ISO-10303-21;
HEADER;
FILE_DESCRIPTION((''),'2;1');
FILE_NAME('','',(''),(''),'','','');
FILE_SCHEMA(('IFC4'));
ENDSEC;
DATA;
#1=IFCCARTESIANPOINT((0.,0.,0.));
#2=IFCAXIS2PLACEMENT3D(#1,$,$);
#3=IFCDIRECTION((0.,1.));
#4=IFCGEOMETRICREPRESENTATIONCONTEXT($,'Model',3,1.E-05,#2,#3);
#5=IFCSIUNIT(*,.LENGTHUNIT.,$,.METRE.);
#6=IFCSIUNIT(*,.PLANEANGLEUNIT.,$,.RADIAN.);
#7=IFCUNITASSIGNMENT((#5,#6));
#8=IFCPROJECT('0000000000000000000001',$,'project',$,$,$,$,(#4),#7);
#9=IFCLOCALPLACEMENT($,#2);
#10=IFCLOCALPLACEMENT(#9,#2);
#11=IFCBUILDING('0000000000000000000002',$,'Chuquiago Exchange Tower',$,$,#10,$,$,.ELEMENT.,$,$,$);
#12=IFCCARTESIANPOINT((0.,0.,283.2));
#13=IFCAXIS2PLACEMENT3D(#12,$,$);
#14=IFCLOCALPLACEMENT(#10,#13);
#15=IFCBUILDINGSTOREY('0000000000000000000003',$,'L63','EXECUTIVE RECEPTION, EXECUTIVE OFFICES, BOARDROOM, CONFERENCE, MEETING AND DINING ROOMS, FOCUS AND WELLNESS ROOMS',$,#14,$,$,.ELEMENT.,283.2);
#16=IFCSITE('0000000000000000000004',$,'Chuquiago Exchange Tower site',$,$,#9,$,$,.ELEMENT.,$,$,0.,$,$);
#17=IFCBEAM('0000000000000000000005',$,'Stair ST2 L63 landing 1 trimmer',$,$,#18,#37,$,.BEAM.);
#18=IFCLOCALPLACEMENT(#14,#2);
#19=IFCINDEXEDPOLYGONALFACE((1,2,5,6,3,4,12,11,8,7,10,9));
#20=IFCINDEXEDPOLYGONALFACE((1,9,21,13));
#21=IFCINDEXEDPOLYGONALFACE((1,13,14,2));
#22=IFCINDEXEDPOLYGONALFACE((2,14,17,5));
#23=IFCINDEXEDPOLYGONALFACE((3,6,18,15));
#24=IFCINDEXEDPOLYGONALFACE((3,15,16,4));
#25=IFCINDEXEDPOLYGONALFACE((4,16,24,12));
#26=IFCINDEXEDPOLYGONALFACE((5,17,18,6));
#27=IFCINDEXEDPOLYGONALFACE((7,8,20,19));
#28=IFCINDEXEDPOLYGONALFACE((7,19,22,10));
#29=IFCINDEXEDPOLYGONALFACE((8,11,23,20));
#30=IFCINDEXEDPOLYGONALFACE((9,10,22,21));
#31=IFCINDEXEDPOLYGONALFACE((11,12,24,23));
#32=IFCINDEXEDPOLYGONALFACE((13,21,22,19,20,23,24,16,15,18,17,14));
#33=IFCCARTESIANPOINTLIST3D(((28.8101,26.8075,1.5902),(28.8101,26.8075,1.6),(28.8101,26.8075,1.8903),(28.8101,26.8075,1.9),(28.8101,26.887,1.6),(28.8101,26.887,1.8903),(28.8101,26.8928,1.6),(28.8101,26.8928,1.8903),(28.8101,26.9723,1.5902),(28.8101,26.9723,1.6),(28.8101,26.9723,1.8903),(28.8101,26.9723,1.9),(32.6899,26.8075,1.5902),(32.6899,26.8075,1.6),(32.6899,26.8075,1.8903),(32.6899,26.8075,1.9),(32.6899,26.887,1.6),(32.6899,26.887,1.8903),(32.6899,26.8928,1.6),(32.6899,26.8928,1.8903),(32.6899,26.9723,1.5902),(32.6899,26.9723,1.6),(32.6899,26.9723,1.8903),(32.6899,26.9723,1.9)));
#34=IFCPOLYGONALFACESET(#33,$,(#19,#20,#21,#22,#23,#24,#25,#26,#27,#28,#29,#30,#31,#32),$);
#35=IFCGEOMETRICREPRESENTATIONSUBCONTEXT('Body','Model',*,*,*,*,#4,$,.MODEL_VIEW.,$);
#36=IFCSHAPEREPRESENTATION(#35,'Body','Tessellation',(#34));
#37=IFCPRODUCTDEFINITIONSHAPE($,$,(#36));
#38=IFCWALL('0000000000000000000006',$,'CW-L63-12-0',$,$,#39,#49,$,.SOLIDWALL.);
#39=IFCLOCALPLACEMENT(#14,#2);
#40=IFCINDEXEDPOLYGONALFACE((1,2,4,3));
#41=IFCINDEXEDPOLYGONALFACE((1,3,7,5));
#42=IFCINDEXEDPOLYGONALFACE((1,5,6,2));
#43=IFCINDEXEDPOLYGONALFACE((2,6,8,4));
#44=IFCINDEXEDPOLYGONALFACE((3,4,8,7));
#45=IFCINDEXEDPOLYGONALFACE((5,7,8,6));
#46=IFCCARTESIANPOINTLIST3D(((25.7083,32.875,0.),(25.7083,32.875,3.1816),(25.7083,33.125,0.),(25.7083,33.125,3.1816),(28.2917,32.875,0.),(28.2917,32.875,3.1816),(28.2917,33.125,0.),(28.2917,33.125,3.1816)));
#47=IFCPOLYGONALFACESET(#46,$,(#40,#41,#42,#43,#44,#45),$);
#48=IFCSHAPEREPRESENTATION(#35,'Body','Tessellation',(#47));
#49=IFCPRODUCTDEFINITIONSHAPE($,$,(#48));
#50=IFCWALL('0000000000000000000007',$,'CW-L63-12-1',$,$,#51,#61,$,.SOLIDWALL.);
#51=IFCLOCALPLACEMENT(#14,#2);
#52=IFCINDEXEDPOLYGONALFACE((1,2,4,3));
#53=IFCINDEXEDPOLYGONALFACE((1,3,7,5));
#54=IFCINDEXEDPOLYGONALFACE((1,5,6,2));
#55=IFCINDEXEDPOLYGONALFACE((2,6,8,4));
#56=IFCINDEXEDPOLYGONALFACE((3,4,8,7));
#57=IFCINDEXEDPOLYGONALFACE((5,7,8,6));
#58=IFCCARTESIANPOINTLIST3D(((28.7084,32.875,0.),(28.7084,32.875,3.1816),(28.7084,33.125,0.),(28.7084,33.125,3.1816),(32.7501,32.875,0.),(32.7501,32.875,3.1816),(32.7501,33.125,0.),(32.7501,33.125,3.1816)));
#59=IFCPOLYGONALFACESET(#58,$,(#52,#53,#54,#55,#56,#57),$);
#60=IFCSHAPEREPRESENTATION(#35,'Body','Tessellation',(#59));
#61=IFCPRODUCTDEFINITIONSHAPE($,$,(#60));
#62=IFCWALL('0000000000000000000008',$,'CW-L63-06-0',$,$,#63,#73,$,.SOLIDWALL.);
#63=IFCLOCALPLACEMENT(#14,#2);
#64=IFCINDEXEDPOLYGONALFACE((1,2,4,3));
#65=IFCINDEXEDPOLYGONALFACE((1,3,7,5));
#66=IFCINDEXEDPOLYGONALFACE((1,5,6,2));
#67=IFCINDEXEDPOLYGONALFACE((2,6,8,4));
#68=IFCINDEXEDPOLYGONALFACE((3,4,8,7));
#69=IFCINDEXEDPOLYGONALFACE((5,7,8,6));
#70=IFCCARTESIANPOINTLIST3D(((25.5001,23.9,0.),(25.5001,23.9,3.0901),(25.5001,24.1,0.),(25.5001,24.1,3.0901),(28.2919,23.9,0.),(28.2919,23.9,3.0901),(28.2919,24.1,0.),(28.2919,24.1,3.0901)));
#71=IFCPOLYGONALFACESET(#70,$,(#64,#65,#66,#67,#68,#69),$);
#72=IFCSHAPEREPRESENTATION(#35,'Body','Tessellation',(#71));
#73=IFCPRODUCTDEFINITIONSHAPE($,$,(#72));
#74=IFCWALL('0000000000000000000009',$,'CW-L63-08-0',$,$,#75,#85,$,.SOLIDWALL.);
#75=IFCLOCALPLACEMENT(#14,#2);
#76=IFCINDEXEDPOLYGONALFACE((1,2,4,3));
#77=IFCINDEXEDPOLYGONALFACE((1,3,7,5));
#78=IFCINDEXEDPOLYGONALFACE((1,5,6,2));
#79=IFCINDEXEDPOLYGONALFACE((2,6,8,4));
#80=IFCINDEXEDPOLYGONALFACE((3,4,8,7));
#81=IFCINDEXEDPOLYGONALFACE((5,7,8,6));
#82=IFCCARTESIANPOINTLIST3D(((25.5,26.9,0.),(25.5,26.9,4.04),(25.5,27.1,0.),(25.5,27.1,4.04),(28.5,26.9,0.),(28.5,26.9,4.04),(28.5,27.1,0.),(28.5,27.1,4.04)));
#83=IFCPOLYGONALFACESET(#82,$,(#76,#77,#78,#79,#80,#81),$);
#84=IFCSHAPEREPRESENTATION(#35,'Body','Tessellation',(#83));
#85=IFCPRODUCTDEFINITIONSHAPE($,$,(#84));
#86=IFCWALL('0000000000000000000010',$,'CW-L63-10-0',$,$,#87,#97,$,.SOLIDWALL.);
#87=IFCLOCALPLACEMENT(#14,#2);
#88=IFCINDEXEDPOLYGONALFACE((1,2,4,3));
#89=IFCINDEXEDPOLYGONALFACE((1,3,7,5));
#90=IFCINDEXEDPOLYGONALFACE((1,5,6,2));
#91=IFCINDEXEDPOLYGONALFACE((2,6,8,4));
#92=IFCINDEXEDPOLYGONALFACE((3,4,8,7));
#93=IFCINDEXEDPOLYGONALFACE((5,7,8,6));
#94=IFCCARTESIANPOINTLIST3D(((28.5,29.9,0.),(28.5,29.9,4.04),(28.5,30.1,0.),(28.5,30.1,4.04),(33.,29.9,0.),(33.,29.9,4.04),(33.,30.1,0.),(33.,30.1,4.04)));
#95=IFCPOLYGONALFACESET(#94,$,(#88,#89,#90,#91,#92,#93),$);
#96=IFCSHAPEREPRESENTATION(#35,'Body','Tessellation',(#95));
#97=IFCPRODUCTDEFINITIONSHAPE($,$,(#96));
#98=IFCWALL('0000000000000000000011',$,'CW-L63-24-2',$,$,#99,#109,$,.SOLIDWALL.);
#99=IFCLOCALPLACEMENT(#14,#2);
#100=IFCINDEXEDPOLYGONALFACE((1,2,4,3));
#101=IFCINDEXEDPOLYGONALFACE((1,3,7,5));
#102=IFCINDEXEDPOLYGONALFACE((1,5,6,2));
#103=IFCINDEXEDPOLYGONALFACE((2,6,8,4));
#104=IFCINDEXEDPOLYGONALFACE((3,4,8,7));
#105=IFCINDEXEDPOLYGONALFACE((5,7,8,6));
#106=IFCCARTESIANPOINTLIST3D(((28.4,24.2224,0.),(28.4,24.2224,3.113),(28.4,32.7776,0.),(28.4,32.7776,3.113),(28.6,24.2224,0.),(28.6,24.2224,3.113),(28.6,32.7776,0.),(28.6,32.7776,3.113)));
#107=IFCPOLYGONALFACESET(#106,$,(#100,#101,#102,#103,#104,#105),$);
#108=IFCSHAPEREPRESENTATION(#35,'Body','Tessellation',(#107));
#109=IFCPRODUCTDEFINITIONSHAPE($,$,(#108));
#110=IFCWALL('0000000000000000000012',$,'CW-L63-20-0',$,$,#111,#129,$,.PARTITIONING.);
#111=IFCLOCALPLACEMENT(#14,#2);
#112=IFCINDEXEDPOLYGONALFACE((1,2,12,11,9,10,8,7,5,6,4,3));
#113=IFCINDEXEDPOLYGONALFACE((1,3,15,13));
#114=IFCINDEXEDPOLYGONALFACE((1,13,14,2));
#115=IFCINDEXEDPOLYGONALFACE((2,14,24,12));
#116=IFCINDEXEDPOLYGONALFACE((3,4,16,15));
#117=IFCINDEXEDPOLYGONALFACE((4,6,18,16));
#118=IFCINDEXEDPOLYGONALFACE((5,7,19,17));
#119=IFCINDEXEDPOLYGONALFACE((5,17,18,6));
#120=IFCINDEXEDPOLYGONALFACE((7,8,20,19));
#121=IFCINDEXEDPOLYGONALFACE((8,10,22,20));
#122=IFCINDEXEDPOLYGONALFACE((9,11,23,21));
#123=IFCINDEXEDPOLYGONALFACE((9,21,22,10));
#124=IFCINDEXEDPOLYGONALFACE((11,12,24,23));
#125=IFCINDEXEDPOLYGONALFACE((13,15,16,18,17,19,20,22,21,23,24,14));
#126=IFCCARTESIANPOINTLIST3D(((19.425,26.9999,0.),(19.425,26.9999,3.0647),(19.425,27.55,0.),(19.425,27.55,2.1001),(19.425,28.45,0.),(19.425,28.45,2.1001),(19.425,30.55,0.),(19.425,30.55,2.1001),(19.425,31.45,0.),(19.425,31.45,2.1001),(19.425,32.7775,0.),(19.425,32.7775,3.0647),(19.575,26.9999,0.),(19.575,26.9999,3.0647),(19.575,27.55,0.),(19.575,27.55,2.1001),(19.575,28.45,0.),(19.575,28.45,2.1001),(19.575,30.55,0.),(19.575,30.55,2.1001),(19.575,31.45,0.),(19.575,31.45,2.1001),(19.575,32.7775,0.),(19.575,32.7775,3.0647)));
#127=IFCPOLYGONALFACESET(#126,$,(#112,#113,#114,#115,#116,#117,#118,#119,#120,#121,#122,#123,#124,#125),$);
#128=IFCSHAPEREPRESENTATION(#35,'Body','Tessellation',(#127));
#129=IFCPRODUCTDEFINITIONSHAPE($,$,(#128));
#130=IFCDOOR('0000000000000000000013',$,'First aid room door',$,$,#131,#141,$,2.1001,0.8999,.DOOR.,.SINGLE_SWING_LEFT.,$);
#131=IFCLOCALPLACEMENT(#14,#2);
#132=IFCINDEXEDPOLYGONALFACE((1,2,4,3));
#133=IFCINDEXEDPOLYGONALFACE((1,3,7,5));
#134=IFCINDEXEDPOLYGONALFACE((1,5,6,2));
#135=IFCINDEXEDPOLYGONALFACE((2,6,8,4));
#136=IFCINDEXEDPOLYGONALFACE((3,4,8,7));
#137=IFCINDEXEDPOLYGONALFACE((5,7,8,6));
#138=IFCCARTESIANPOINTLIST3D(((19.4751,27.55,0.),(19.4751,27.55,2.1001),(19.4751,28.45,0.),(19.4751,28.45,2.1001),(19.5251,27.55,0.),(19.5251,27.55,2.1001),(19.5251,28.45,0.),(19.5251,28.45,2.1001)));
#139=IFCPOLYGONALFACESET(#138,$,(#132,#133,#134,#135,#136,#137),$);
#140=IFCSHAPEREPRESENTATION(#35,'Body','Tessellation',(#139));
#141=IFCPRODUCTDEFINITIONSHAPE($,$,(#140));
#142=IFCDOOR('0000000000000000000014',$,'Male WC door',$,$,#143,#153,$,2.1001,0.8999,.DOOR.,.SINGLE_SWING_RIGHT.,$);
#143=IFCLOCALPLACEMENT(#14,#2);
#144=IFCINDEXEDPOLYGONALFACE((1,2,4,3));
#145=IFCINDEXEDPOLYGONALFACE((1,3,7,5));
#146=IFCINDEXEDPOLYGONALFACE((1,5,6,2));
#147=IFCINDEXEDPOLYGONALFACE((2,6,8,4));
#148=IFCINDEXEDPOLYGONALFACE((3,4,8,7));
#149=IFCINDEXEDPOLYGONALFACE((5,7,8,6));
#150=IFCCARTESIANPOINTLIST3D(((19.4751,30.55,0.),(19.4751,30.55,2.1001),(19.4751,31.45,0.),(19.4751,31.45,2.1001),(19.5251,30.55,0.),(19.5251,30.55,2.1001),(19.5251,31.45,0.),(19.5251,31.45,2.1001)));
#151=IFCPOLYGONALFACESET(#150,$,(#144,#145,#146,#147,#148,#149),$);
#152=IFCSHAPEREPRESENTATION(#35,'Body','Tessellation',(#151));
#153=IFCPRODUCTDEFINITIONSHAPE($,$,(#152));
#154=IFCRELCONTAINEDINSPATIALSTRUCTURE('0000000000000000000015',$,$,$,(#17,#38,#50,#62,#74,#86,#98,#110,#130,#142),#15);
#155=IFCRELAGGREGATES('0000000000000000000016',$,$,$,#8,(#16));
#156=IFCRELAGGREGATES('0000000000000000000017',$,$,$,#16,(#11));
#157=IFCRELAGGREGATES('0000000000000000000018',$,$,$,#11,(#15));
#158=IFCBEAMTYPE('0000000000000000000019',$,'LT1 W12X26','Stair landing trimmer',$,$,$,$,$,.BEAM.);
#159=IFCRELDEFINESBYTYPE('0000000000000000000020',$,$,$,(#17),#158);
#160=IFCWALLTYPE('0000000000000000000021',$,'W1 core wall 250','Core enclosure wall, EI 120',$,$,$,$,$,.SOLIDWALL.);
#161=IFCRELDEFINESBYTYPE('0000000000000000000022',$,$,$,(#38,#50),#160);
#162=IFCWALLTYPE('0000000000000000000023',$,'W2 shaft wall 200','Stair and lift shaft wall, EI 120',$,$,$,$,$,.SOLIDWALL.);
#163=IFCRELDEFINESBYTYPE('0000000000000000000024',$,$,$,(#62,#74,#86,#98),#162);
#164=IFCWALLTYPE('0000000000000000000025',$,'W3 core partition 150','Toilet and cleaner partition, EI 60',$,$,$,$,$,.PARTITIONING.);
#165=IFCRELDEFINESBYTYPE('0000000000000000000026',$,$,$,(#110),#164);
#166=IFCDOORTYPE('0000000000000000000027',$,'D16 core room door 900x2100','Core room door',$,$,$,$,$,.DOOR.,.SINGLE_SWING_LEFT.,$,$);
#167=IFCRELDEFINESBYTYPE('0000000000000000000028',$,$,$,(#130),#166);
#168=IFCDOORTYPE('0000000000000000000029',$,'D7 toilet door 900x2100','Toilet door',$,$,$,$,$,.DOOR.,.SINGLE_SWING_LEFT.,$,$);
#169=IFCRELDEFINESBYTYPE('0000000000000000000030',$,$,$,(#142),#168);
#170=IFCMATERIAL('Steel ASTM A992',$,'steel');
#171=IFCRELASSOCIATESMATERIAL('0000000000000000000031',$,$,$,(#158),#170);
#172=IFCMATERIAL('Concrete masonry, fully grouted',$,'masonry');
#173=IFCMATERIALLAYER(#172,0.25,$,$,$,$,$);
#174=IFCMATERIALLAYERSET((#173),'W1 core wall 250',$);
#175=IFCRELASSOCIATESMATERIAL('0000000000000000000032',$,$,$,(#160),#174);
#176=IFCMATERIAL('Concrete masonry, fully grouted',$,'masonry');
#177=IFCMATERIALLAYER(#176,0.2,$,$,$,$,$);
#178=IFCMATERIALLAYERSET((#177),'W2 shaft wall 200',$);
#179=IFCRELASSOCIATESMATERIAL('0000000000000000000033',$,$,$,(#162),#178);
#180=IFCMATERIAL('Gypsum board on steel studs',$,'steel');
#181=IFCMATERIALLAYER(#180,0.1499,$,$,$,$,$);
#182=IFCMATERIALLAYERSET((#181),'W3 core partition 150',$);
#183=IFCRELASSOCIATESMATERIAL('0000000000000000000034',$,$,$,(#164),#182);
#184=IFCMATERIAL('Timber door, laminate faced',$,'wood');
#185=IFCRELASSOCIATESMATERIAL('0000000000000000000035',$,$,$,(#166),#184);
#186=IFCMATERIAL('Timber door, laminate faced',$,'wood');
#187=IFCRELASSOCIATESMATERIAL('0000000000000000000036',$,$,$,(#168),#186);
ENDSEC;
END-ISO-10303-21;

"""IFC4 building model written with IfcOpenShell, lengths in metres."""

from ifc_helpers import new_model, si_unit, direction, frame, frame_2d, origin, origin_2d, place, context, subcontext, project, spatial, rectangle, i_section, extrude, material, layer, layer_set, material_profile, profile_set, type_object, element, fill, save


model = new_model("IFC4")

# Units and contexts
model_context = context("Model", 3, precision=1e-05, world=origin(), true_north=direction((0.0, 1.0)))
body_context = subcontext(model_context, "Body", "Model", "MODEL_VIEW")
ifc_project = project(units=[si_unit("LENGTHUNIT", "METRE"), si_unit("PLANEANGLEUNIT", "RADIAN")], contexts=[model_context])

# Site, building, storey
site_placement = place(None, origin())
site = spatial("IfcSite", under=ifc_project, at=site_placement, Name="Chuquiago Exchange Tower site", CompositionType="ELEMENT", RefElevation=0.0)
building_placement = place(site_placement, origin())
building = spatial("IfcBuilding", under=site, at=building_placement, Name="Chuquiago Exchange Tower", CompositionType="ELEMENT")
storey_placement = place(building_placement, frame((0.0, 0.0, 283.2)))
storey = spatial("IfcBuildingStorey", under=building, at=storey_placement, Name="L63", Description="EXECUTIVE RECEPTION, EXECUTIVE OFFICES, BOARDROOM, CONFERENCE, MEETING AND DINING ROOMS, FOCUS AND WELLNESS ROOMS", CompositionType="ELEMENT", Elevation=283.2)

# Beam
ifc_material_1 = material(Name="Steel ASTM A992", Category="steel")
ifc_material_profile_1 = material_profile(ifc_material_1, i_section(OverallWidth=0.1648, OverallDepth=0.3098, WebThickness=0.0059, FlangeThickness=0.0098, at=origin_2d()), Name="W12X26")
ifc_profile_set_1 = profile_set([ifc_material_profile_1], Name="Steel ASTM A992")
beam_type_1 = type_object("IfcBeamType", Name="LT1 W12X26", Description="Stair landing trimmer", PredefinedType="BEAM", material=ifc_profile_set_1)
for number, where, z_axis, x_axis, name in (
    (1, (28.8101, 26.8899, 1.7451), (1.0, 0.0, 0.0), (0.0, 1.0, 0.0), "Stair ST2 L63 landing 1 trimmer"),
):
    element("IfcBeam", number, at=place(storey_placement, frame(where, z_axis=z_axis, x_axis=x_axis)), inside=storey, type_object=beam_type_1, Name=name, PredefinedType="BEAM", context=body_context, shape_type="SweptSolid", body=[
        extrude(i_section(OverallWidth=0.1648, OverallDepth=0.3098, WebThickness=0.0059, FlangeThickness=0.0098, at=origin_2d()), origin(), (0.0, 0.0, 1.0), 3.8799),
    ])

# Walls
ifc_material_2 = material(Name="Concrete masonry, fully grouted", Category="masonry")
ifc_layer_1 = layer(ifc_material_2, 0.25)
ifc_layer_set_1 = layer_set([ifc_layer_1], Name="W1 core wall 250")
wall_type_1 = type_object("IfcWallType", Name="W1 core wall 250", Description="Core enclosure wall, EI 120", PredefinedType="SOLIDWALL", material=ifc_layer_set_1)
wall_1_placement = place(storey_placement, frame((25.7083, 33.0, 0.0), z_axis=(0.0, 0.0, 1.0), x_axis=(1.0, 0.0, 0.0)))
element("IfcWall", 2, at=wall_1_placement, inside=storey, type_object=wall_type_1, Name="CW-L63-12-0", PredefinedType="SOLIDWALL", context=body_context, shape_type="SweptSolid", body=[
    extrude(rectangle(XDim=2.5835, YDim=0.25, at=frame_2d((1.2917, 0.0))), origin(), (0.0, 0.0, 1.0), 3.1816),
])
wall_2_placement = place(storey_placement, frame((28.7083, 33.0, 0.0), z_axis=(0.0, 0.0, 1.0), x_axis=(1.0, 0.0, 0.0)))
element("IfcWall", 3, at=wall_2_placement, inside=storey, type_object=wall_type_1, Name="CW-L63-12-1", PredefinedType="SOLIDWALL", context=body_context, shape_type="SweptSolid", body=[
    extrude(rectangle(XDim=4.0417, YDim=0.25, at=frame_2d((2.021, 0.0))), origin(), (0.0, 0.0, 1.0), 3.1816),
])
ifc_material_3 = material(Name="Concrete masonry, fully grouted", Category="masonry")
ifc_layer_2 = layer(ifc_material_3, 0.2)
ifc_layer_set_2 = layer_set([ifc_layer_2], Name="W2 shaft wall 200")
wall_type_2 = type_object("IfcWallType", Name="W2 shaft wall 200", Description="Stair and lift shaft wall, EI 120", PredefinedType="SOLIDWALL", material=ifc_layer_set_2)
wall_3_placement = place(storey_placement, frame((25.5, 24.0, 0.0), z_axis=(0.0, 0.0, 1.0), x_axis=(1.0, 0.0, 0.0)))
element("IfcWall", 4, at=wall_3_placement, inside=storey, type_object=wall_type_2, Name="CW-L63-06-0", PredefinedType="SOLIDWALL", context=body_context, shape_type="SweptSolid", body=[
    extrude(rectangle(XDim=2.7917, YDim=0.2, at=frame_2d((1.396, 0.0))), origin(), (0.0, 0.0, 1.0), 3.0901),
])
wall_4_placement = place(storey_placement, frame((25.5, 27.0, 0.0), z_axis=(0.0, 0.0, 1.0), x_axis=(1.0, 0.0, 0.0)))
element("IfcWall", 5, at=wall_4_placement, inside=storey, type_object=wall_type_2, Name="CW-L63-08-0", PredefinedType="SOLIDWALL", context=body_context, shape_type="SweptSolid", body=[
    extrude(rectangle(XDim=3.0, YDim=0.2, at=frame_2d((1.5, 0.0))), origin(), (0.0, 0.0, 1.0), 4.04),
])
wall_5_placement = place(storey_placement, frame((28.5, 30.0, 0.0), z_axis=(0.0, 0.0, 1.0), x_axis=(1.0, 0.0, 0.0)))
element("IfcWall", 6, at=wall_5_placement, inside=storey, type_object=wall_type_2, Name="CW-L63-10-0", PredefinedType="SOLIDWALL", context=body_context, shape_type="SweptSolid", body=[
    extrude(rectangle(XDim=4.5, YDim=0.2, at=frame_2d((2.25, 0.0))), origin(), (0.0, 0.0, 1.0), 4.04),
])
wall_6_placement = place(storey_placement, frame((28.5, 24.2224, 0.0), z_axis=(0.0, 0.0, 1.0), x_axis=(0.0, 1.0, 0.0)))
element("IfcWall", 7, at=wall_6_placement, inside=storey, type_object=wall_type_2, Name="CW-L63-24-2", PredefinedType="SOLIDWALL", context=body_context, shape_type="SweptSolid", body=[
    extrude(rectangle(XDim=8.5552, YDim=0.2, at=frame_2d((4.2776, 0.0))), origin(), (0.0, 0.0, 1.0), 3.113),
])

# Wall, openings, doors
ifc_material_4 = material(Name="Gypsum board on steel studs", Category="steel")
ifc_layer_3 = layer(ifc_material_4, 0.1499)
ifc_layer_set_3 = layer_set([ifc_layer_3], Name="W3 core partition 150")
wall_type_3 = type_object("IfcWallType", Name="W3 core partition 150", Description="Toilet and cleaner partition, EI 60", PredefinedType="PARTITIONING", material=ifc_layer_set_3)
wall_7_placement = place(storey_placement, frame((19.5, 27.0, 0.0), z_axis=(0.0, 0.0, 1.0), x_axis=(0.0, 1.0, 0.0)))
wall_7 = element("IfcWall", 8, at=wall_7_placement, inside=storey, type_object=wall_type_3, Name="CW-L63-20-0", PredefinedType="PARTITIONING", context=body_context, shape_type="SweptSolid", body=[
    extrude(rectangle(XDim=5.7776, YDim=0.1499, at=frame_2d((2.8887, 0.0))), origin(), (0.0, 0.0, 1.0), 3.0647),
])
opening_1_placement = place(wall_7_placement, frame((0.55, 0.0, 0.0)))
opening_1 = element("IfcOpeningElement", 9, at=opening_1_placement, cuts=wall_7, PredefinedType="OPENING", context=body_context, shape_type="SweptSolid", body=[
    extrude(rectangle(XDim=0.8999, YDim=2.1001, at=frame_2d((0.45, 1.05))), frame((0.0, 0.085, 0.0), z_axis=(0.0, -1.0, 0.0), x_axis=(1.0, 0.0, 0.0)), (0.0, 0.0, 1.0), 0.1699),
])
opening_2_placement = place(wall_7_placement, frame((3.55, 0.0, 0.0)))
opening_2 = element("IfcOpeningElement", 10, at=opening_2_placement, cuts=wall_7, PredefinedType="OPENING", context=body_context, shape_type="SweptSolid", body=[
    extrude(rectangle(XDim=0.8999, YDim=2.1001, at=frame_2d((0.45, 1.05))), frame((0.0, 0.085, 0.0), z_axis=(0.0, -1.0, 0.0), x_axis=(1.0, 0.0, 0.0)), (0.0, 0.0, 1.0), 0.1699),
])
ifc_material_5 = material(Name="Timber door, laminate faced", Category="wood")
door_type_1 = type_object("IfcDoorType", Name="D16 core room door 900x2100", Description="Core room door", OperationType="SINGLE_SWING_LEFT", PredefinedType="DOOR", material=ifc_material_5)
door_1_placement = place(opening_1_placement, origin())
door_1 = element("IfcDoor", 11, at=door_1_placement, inside=storey, type_object=door_type_1, Name="First aid room door", OperationType="SINGLE_SWING_LEFT", OverallHeight=2.1001, OverallWidth=0.8999, PredefinedType="DOOR", context=body_context, shape_type="SweptSolid", body=[
    extrude(rectangle(XDim=0.8999, YDim=2.1001, at=frame_2d((0.45, 1.05))), frame((0.0, 0.0249, 0.0), z_axis=(0.0, -1.0, 0.0), x_axis=(1.0, 0.0, 0.0)), (0.0, 0.0, 1.0), 0.05),
])
fill(opening_1, door_1)
ifc_material_6 = material(Name="Timber door, laminate faced", Category="wood")
door_type_2 = type_object("IfcDoorType", Name="D7 toilet door 900x2100", Description="Toilet door", OperationType="SINGLE_SWING_LEFT", PredefinedType="DOOR", material=ifc_material_6)
door_2_placement = place(opening_2_placement, origin())
door_2 = element("IfcDoor", 12, at=door_2_placement, inside=storey, type_object=door_type_2, Name="Male WC door", OperationType="SINGLE_SWING_RIGHT", OverallHeight=2.1001, OverallWidth=0.8999, PredefinedType="DOOR", context=body_context, shape_type="SweptSolid", body=[
    extrude(rectangle(XDim=0.8999, YDim=2.1001, at=frame_2d((0.45, 1.05))), frame((0.0, 0.0249, 0.0), z_axis=(0.0, -1.0, 0.0), x_axis=(1.0, 0.0, 0.0)), (0.0, 0.0, 1.0), 0.05),
])
fill(opening_2, door_2)

save(model, "model.ifc")
